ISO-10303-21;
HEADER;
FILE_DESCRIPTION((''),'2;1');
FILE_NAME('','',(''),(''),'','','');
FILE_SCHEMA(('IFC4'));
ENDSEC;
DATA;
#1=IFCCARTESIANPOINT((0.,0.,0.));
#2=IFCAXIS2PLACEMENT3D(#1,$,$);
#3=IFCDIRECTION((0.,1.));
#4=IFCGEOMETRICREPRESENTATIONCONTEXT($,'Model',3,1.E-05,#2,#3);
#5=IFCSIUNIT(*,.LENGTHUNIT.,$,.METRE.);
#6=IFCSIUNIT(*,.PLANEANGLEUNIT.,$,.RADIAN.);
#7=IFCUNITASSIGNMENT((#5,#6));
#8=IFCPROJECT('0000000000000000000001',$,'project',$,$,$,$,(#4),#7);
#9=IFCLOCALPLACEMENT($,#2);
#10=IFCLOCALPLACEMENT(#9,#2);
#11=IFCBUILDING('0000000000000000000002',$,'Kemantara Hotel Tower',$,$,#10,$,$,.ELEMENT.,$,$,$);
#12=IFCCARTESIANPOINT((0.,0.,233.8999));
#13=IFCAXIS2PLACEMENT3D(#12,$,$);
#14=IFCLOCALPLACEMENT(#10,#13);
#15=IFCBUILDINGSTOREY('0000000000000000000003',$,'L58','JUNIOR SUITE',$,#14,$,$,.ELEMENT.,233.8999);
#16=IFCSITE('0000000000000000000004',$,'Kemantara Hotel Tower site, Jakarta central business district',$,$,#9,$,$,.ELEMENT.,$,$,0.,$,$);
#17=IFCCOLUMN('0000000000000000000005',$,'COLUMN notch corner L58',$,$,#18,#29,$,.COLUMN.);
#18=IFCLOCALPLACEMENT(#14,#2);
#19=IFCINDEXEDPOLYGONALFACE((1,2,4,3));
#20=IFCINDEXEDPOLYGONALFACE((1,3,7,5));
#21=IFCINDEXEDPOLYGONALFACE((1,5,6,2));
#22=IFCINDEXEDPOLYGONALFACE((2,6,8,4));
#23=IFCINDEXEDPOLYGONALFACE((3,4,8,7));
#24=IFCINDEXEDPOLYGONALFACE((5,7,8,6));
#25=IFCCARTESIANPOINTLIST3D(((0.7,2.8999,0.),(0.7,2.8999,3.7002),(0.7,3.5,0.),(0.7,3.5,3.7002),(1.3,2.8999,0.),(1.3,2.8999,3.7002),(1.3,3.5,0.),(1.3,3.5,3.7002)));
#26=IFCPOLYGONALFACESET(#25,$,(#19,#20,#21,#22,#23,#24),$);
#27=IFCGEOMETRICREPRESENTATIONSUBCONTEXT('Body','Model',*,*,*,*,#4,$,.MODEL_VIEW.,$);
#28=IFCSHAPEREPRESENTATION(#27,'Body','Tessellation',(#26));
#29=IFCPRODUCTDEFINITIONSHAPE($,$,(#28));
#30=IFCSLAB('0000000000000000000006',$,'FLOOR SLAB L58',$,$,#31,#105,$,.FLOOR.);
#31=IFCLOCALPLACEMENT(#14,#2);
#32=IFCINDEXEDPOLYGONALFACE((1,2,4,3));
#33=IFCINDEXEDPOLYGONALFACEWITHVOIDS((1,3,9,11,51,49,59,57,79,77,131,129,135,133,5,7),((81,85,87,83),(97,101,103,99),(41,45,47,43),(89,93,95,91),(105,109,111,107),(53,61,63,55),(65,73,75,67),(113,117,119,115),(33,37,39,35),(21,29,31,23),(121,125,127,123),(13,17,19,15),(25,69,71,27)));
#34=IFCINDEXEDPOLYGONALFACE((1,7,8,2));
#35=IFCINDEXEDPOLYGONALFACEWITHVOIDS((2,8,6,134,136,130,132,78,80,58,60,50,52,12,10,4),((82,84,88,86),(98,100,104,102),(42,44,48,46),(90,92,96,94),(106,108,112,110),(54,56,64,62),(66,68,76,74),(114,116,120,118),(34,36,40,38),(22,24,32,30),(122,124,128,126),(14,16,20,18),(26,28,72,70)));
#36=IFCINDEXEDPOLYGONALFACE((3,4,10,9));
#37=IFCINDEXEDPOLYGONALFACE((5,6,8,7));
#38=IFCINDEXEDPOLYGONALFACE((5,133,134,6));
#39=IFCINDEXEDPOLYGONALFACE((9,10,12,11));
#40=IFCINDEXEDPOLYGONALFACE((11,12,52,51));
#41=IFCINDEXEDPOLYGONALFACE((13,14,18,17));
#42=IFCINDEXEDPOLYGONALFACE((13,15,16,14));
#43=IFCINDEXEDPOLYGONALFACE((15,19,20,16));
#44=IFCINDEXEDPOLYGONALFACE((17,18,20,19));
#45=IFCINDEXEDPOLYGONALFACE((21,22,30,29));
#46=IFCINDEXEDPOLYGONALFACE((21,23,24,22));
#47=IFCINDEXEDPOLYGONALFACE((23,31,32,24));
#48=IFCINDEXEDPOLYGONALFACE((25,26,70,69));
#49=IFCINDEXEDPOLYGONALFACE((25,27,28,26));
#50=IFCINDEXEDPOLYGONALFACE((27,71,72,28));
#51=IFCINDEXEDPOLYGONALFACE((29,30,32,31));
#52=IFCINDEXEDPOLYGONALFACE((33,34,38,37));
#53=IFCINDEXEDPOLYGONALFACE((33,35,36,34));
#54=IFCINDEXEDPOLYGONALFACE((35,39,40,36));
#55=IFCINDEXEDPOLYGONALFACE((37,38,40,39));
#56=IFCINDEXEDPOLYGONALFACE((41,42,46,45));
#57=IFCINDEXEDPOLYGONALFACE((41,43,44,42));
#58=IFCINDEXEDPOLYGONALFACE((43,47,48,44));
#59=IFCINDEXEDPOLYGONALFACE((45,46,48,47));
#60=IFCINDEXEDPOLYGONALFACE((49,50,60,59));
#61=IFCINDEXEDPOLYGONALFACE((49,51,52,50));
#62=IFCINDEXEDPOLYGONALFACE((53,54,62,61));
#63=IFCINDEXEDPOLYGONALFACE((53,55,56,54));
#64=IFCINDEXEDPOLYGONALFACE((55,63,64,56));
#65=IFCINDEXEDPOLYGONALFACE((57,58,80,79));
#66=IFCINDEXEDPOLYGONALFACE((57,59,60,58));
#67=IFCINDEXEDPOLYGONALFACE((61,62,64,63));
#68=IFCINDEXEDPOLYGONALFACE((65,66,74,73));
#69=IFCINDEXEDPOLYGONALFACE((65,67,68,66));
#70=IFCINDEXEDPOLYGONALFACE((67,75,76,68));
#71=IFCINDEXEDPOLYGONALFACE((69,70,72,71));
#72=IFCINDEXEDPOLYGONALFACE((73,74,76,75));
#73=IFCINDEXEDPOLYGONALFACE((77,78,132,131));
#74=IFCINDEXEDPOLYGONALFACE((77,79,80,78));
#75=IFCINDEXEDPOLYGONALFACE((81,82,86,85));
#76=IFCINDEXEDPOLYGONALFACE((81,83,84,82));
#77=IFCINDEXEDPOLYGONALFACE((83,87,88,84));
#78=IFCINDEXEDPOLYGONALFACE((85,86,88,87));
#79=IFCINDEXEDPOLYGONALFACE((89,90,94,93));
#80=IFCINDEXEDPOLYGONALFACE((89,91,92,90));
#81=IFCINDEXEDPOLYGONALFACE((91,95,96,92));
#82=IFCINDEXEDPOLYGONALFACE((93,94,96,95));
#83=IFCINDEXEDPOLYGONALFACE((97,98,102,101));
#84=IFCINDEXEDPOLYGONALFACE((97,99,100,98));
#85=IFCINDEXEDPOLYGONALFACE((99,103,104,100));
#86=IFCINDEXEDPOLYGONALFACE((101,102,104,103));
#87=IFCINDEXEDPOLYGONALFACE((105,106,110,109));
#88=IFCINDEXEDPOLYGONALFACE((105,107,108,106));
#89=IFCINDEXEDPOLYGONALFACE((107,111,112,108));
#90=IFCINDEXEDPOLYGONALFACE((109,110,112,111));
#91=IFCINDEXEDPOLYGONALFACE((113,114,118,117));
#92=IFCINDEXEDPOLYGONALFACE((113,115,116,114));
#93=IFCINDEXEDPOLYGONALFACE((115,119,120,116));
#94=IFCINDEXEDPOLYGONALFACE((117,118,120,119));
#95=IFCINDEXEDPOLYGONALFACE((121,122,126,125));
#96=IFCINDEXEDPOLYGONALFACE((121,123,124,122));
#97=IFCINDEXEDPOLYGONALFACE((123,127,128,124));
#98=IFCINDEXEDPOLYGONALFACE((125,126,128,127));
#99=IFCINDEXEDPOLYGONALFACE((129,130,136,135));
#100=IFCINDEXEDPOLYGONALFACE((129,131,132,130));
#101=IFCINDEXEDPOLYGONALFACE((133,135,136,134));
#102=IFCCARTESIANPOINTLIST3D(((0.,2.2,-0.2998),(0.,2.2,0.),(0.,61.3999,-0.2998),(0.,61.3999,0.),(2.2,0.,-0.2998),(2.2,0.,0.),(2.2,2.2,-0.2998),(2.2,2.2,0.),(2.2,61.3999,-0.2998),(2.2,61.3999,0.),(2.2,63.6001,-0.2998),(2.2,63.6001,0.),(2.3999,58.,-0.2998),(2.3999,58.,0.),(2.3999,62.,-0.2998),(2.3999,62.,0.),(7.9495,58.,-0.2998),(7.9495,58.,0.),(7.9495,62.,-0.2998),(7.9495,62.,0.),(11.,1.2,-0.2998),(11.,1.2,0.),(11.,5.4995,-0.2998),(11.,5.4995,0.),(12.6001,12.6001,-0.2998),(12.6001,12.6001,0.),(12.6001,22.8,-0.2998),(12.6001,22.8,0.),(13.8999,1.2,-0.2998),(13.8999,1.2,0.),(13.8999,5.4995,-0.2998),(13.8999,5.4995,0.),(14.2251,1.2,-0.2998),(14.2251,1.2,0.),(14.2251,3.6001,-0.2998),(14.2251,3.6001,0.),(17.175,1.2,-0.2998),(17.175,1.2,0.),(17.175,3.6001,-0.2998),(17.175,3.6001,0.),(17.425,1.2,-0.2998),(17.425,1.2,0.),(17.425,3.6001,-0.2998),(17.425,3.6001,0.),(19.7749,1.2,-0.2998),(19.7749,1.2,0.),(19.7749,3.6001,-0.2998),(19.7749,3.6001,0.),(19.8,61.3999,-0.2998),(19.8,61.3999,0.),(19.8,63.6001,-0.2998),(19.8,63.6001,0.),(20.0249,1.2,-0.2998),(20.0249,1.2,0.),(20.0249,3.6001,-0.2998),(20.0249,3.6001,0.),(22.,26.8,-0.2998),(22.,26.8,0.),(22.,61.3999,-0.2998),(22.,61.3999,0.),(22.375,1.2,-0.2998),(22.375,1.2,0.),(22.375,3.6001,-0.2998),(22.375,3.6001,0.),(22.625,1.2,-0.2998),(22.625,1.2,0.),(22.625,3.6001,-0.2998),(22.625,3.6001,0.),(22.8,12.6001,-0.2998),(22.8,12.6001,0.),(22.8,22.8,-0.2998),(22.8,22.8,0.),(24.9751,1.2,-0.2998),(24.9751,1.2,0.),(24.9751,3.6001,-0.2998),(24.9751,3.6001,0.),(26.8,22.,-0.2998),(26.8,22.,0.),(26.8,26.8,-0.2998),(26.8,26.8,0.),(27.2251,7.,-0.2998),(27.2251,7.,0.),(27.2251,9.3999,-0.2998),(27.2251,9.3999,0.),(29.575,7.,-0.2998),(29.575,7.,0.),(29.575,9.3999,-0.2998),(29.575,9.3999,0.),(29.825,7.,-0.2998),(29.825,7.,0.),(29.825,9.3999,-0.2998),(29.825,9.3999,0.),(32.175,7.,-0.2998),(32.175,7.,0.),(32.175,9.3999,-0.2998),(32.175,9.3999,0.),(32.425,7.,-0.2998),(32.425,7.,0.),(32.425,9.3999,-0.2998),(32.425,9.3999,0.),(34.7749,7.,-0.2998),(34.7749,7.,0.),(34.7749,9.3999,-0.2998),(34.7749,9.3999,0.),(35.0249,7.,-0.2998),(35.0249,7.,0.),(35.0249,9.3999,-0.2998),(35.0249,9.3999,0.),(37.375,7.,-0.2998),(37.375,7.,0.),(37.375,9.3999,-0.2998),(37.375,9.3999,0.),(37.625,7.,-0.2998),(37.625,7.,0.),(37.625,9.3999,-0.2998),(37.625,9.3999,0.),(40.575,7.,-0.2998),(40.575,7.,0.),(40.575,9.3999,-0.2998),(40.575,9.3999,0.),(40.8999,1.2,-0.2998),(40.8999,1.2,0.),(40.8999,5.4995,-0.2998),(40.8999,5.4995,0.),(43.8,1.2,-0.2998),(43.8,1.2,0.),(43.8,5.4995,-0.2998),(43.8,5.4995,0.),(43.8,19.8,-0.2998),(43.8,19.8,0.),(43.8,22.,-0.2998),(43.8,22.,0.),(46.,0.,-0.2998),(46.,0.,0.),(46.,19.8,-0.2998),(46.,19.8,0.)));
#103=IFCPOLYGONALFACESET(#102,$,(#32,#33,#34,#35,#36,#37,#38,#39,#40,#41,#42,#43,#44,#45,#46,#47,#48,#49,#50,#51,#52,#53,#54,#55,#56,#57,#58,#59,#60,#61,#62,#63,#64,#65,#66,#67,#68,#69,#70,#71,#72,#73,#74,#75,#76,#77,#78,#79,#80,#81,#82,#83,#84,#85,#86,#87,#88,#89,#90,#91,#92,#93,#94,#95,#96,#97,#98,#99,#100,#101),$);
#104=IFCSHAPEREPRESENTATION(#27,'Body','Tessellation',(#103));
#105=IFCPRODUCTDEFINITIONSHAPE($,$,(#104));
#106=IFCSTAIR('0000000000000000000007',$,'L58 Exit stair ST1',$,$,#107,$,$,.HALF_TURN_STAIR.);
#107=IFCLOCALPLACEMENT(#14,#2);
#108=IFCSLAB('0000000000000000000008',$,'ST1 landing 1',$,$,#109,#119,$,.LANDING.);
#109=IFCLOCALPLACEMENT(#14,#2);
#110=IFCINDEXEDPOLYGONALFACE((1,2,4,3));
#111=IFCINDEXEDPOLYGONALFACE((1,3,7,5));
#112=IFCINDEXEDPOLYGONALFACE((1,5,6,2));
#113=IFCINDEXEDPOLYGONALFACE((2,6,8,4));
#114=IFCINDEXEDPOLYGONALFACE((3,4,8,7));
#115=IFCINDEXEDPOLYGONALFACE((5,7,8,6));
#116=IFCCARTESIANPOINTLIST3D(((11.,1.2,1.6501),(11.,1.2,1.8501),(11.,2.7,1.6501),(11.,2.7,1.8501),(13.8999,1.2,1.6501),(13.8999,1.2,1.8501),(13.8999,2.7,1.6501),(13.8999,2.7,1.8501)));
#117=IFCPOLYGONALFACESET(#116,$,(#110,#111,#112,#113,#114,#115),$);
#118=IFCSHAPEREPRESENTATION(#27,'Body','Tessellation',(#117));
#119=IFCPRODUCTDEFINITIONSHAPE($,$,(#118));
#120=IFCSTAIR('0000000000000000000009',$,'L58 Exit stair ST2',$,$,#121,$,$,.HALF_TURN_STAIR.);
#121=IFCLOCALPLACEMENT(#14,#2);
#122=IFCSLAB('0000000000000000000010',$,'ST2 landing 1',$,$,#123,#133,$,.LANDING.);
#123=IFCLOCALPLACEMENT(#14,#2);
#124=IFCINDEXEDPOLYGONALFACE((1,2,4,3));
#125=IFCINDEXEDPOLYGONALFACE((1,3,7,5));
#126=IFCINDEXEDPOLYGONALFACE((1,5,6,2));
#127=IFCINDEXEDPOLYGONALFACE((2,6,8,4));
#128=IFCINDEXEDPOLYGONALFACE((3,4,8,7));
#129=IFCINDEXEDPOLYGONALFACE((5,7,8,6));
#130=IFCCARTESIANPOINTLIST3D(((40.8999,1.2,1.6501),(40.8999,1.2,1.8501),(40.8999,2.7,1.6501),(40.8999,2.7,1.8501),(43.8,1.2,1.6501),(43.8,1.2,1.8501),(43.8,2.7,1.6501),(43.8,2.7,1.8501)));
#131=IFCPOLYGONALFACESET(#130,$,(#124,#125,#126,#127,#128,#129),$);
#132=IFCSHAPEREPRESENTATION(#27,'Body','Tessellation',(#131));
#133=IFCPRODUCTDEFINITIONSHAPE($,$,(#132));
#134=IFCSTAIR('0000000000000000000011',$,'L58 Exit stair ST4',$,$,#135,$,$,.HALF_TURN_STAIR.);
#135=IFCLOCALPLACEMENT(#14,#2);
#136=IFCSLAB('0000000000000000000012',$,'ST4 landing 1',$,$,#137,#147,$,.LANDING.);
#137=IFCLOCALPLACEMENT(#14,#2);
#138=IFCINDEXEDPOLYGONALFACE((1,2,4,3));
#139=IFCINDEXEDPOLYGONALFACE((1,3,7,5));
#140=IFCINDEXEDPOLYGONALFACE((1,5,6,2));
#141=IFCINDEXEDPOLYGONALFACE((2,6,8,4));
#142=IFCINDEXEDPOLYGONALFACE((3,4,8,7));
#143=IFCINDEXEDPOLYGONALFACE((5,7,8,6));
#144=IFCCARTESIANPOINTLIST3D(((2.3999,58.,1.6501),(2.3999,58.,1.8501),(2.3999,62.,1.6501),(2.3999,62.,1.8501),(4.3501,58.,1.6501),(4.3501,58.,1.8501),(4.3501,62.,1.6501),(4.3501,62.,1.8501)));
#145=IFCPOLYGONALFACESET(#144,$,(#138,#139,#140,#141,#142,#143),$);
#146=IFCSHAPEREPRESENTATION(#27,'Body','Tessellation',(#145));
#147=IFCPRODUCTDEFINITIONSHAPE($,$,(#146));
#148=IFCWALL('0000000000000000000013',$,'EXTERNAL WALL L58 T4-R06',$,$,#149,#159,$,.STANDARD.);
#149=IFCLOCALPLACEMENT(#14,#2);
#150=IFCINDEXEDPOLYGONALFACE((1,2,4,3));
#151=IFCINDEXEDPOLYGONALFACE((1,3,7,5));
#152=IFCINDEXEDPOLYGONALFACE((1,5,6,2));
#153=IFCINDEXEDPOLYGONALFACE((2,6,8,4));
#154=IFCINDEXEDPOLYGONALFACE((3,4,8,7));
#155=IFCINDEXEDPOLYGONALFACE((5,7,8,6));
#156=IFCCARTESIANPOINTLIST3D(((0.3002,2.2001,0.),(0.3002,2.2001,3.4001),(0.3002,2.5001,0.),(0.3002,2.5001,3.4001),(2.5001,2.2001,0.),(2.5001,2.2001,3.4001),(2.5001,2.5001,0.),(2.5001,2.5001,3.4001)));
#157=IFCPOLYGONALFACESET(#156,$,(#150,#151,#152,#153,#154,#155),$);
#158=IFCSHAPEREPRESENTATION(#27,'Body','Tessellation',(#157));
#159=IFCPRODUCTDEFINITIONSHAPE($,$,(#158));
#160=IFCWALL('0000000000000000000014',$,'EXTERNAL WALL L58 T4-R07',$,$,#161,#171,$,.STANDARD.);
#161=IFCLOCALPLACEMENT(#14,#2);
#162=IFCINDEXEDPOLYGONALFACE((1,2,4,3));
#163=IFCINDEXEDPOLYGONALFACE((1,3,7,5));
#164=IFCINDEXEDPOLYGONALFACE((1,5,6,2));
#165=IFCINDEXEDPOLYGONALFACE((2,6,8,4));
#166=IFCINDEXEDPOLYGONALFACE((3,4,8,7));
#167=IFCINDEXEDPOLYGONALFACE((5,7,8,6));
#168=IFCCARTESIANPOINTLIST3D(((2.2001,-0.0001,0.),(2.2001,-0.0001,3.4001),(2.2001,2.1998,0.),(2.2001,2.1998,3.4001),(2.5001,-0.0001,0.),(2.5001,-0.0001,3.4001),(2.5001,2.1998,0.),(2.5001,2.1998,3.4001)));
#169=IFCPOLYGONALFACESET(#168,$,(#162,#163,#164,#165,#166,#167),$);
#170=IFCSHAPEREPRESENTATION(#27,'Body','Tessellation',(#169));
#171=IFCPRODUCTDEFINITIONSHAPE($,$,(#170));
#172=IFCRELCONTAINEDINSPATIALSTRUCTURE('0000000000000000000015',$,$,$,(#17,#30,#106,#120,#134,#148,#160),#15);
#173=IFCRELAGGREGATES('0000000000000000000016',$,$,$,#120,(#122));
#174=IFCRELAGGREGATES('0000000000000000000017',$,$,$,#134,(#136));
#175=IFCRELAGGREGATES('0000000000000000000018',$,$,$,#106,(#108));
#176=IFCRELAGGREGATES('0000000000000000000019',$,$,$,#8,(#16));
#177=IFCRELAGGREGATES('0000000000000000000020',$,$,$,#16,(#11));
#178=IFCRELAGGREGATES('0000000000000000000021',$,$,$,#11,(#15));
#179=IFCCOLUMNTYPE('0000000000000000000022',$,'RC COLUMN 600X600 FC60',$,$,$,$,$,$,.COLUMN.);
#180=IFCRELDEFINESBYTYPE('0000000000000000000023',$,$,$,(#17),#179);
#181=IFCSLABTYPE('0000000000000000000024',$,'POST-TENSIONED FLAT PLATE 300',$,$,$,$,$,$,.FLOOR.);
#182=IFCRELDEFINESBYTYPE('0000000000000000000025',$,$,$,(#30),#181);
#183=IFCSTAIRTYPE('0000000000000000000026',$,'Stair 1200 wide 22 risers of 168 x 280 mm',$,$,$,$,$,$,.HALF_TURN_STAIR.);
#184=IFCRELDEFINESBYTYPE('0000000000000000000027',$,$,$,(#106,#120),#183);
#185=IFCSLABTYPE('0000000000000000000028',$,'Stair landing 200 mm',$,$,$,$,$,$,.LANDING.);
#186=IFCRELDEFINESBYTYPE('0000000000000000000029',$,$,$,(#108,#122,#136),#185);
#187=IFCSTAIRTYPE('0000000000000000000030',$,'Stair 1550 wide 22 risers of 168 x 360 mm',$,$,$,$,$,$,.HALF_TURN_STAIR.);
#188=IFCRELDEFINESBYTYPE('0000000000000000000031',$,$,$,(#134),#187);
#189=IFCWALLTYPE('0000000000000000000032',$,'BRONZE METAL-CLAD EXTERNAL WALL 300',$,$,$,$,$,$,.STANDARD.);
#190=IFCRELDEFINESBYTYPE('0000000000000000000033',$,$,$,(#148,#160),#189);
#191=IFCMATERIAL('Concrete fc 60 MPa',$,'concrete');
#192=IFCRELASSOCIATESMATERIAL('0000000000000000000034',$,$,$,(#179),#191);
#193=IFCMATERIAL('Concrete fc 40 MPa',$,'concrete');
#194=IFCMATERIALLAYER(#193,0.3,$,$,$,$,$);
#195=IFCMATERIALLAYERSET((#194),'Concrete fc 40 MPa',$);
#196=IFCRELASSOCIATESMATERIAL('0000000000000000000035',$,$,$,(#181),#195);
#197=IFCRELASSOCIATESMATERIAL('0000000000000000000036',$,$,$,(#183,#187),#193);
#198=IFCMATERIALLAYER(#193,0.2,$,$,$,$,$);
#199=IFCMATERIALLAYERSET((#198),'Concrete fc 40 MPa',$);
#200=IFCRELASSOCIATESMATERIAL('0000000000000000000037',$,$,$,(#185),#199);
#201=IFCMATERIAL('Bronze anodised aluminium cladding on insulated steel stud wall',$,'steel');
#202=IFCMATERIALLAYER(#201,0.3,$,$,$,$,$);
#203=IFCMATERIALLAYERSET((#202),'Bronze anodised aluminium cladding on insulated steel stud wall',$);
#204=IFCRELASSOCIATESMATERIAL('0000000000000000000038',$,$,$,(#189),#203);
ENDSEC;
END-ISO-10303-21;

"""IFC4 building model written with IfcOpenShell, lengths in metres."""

from ifc_helpers import new_model, si_unit, direction, frame, frame_2d, origin, origin_2d, place, context, subcontext, project, spatial, polyline, rectangle, outline, extrude, material, layer, layer_set, material_profile, profile_set, type_object, element, aggregate, save


model = new_model("IFC4")

# Units and contexts
model_context = context("Model", 3, precision=1e-05, world=origin(), true_north=direction((0.0, 1.0)))
body_context = subcontext(model_context, "Body", "Model", "MODEL_VIEW")
ifc_project = project(units=[si_unit("LENGTHUNIT", "METRE"), si_unit("PLANEANGLEUNIT", "RADIAN")], contexts=[model_context])

# Site, building, storey
site_placement = place(None, origin())
site = spatial("IfcSite", under=ifc_project, at=site_placement, Name="Kemantara Hotel Tower site, Jakarta central business district", CompositionType="ELEMENT", RefElevation=0.0)
building_placement = place(site_placement, origin())
building = spatial("IfcBuilding", under=site, at=building_placement, Name="Kemantara Hotel Tower", CompositionType="ELEMENT")
storey_placement = place(building_placement, frame((0.0, 0.0, 233.8999)))
storey = spatial("IfcBuildingStorey", under=building, at=storey_placement, Name="L58", Description="JUNIOR SUITE", CompositionType="ELEMENT", Elevation=233.8999)

# Column
ifc_material_1 = material(Name="Concrete fc 60 MPa", Category="concrete")
ifc_material_profile = material_profile(ifc_material_1, rectangle(XDim=0.6001, YDim=0.6001, at=origin_2d()), Name="RC 600X600")
ifc_profile_set = profile_set([ifc_material_profile], Name="Concrete fc 60 MPa")
column_type = type_object("IfcColumnType", Name="RC COLUMN 600X600 FC60", PredefinedType="COLUMN", material=ifc_profile_set)
column_placement = place(storey_placement, frame((1.0, 3.2, 0.0), z_axis=(0.0, 0.0, 1.0), x_axis=(1.0, 0.0, 0.0)))
element("IfcColumn", 1, at=column_placement, inside=storey, type_object=column_type, Name="COLUMN notch corner L58", PredefinedType="COLUMN", context=body_context, shape_type="SweptSolid", body=[
    extrude(rectangle(XDim=0.6001, YDim=0.6001, at=origin_2d()), origin(), (0.0, 0.0, 1.0), 3.7002),
])

# Slab
ifc_material_2 = material(Name="Concrete fc 40 MPa", Category="concrete")
ifc_layer_1 = layer(ifc_material_2, 0.3)
ifc_layer_set_1 = layer_set([ifc_layer_1], Name="Concrete fc 40 MPa")
slab_type_1 = type_object("IfcSlabType", Name="POST-TENSIONED FLAT PLATE 300", PredefinedType="FLOOR", material=ifc_layer_set_1)
slab_1_placement = place(storey_placement, frame((0.0, 0.0, -0.2998)))
element("IfcSlab", 2, at=slab_1_placement, inside=storey, type_object=slab_type_1, Name="FLOOR SLAB L58", PredefinedType="FLOOR", context=body_context, shape_type="SweptSolid", body=[
    extrude(outline(polyline([(22.0, 26.8), (22.0, 61.3999), (19.8, 61.3999), (19.8, 63.6001), (2.2, 63.6001), (2.2, 61.3999), (0.0, 61.3999), (0.0, 2.2), (2.2, 2.2), (2.2, 0.0), (46.0, 0.0), (46.0, 19.8), (43.8, 19.8), (43.8, 22.0), (26.8, 22.0), (26.8, 26.8), (22.0, 26.8)]), holes=[polyline([(17.175, 3.6001), (17.175, 1.2), (14.2251, 1.2), (14.2251, 3.6001), (17.175, 3.6001)]), polyline([(19.7749, 1.2), (17.425, 1.2), (17.425, 3.6001), (19.7749, 3.6001), (19.7749, 1.2)]), polyline([(22.375, 1.2), (20.0249, 1.2), (20.0249, 3.6001), (22.375, 3.6001), (22.375, 1.2)]), polyline([(24.9751, 3.6001), (24.9751, 1.2), (22.625, 1.2), (22.625, 3.6001), (24.9751, 3.6001)]), polyline([(11.0, 1.2), (11.0, 5.4995), (13.8999, 5.4995), (13.8999, 1.2), (11.0, 1.2)]), polyline([(22.8, 12.6001), (12.6001, 12.6001), (12.6001, 22.8), (22.8, 22.8), (22.8, 12.6001)]), polyline([(2.3999, 58.0), (2.3999, 62.0), (7.9495, 62.0), (7.9495, 58.0), (2.3999, 58.0)]), polyline([(40.8999, 1.2), (40.8999, 5.4995), (43.8, 5.4995), (43.8, 1.2), (40.8999, 1.2)]), polyline([(29.575, 7.0), (27.2251, 7.0), (27.2251, 9.3999), (29.575, 9.3999), (29.575, 7.0)]), polyline([(32.175, 7.0), (29.825, 7.0), (29.825, 9.3999), (32.175, 9.3999), (32.175, 7.0)]), polyline([(34.7749, 7.0), (32.425, 7.0), (32.425, 9.3999), (34.7749, 9.3999), (34.7749, 7.0)]), polyline([(37.375, 7.0), (35.0249, 7.0), (35.0249, 9.3999), (37.375, 9.3999), (37.375, 7.0)]), polyline([(40.575, 7.0), (37.625, 7.0), (37.625, 9.3999), (40.575, 9.3999), (40.575, 7.0)])]), origin(), (0.0, 0.0, 1.0), 0.2998),
])

# Stairs, slabs
stair_type_1 = type_object("IfcStairType", Name="Stair 1200 wide 22 risers of 168 x 280 mm", PredefinedType="HALF_TURN_STAIR", material=ifc_material_2)
stair_1_placement = place(storey_placement, origin())
stair_1 = element("IfcStair", 3, at=stair_1_placement, inside=storey, type_object=stair_type_1, Name="L58 Exit stair ST1", PredefinedType="HALF_TURN_STAIR")
ifc_layer_2 = layer(ifc_material_2, 0.2)
ifc_layer_set_2 = layer_set([ifc_layer_2], Name="Concrete fc 40 MPa")
slab_type_2 = type_object("IfcSlabType", Name="Stair landing 200 mm", PredefinedType="LANDING", material=ifc_layer_set_2)
slab_2_placement = place(storey_placement, frame((0.0, 0.0, 1.6501)))
slab_2 = element("IfcSlab", 4, at=slab_2_placement, type_object=slab_type_2, Name="ST1 landing 1", PredefinedType="LANDING", context=body_context, shape_type="SweptSolid", body=[
    extrude(outline(polyline([(11.0, 2.7), (11.0, 1.2), (13.8999, 1.2), (13.8999, 2.7), (11.0, 2.7)])), origin(), (0.0, 0.0, 1.0), 0.2),
])
stair_2_placement = place(storey_placement, origin())
stair_2 = element("IfcStair", 5, at=stair_2_placement, inside=storey, type_object=stair_type_1, Name="L58 Exit stair ST2", PredefinedType="HALF_TURN_STAIR")
slab_3_placement = place(storey_placement, frame((0.0, 0.0, 1.6501)))
slab_3 = element("IfcSlab", 6, at=slab_3_placement, type_object=slab_type_2, Name="ST2 landing 1", PredefinedType="LANDING", context=body_context, shape_type="SweptSolid", body=[
    extrude(outline(polyline([(40.8999, 2.7), (40.8999, 1.2), (43.8, 1.2), (43.8, 2.7), (40.8999, 2.7)])), origin(), (0.0, 0.0, 1.0), 0.2),
])
aggregate(stair_2, [slab_3])
stair_type_2 = type_object("IfcStairType", Name="Stair 1550 wide 22 risers of 168 x 360 mm", PredefinedType="HALF_TURN_STAIR", material=ifc_material_2)
stair_3_placement = place(storey_placement, origin())
stair_3 = element("IfcStair", 7, at=stair_3_placement, inside=storey, type_object=stair_type_2, Name="L58 Exit stair ST4", PredefinedType="HALF_TURN_STAIR")
slab_4_placement = place(storey_placement, frame((0.0, 0.0, 1.6501)))
slab_4 = element("IfcSlab", 8, at=slab_4_placement, type_object=slab_type_2, Name="ST4 landing 1", PredefinedType="LANDING", context=body_context, shape_type="SweptSolid", body=[
    extrude(outline(polyline([(4.3501, 62.0), (2.3999, 62.0), (2.3999, 58.0), (4.3501, 58.0), (4.3501, 62.0)])), origin(), (0.0, 0.0, 1.0), 0.2),
])
aggregate(stair_3, [slab_4])

# Walls
ifc_material_3 = material(Name="Bronze anodised aluminium cladding on insulated steel stud wall", Category="steel")
ifc_layer_3 = layer(ifc_material_3, 0.3)
ifc_layer_set_3 = layer_set([ifc_layer_3], Name="Bronze anodised aluminium cladding on insulated steel stud wall")
wall_type_1 = type_object("IfcWallType", Name="BRONZE METAL-CLAD EXTERNAL WALL 300", PredefinedType="STANDARD", material=ifc_layer_set_3)
for number, where, z_axis, x_axis, name in (
    (9, (0.3, 2.3501, 0.0), (0.0, 0.0, 1.0), (1.0, 0.0, 0.0), "EXTERNAL WALL L58 T4-R06"),
    (10, (2.3501, 2.2, 0.0), (0.0, 0.0, 1.0), (0.0, -1.0, 0.0), "EXTERNAL WALL L58 T4-R07"),
):
    element("IfcWall", number, at=place(storey_placement, frame(where, z_axis=z_axis, x_axis=x_axis)), inside=storey, type_object=wall_type_1, Name=name, PredefinedType="STANDARD", context=body_context, shape_type="SweptSolid", body=[
        extrude(rectangle(XDim=2.2, YDim=0.3, at=frame_2d((1.1001, 0.0))), origin(), (0.0, 0.0, 1.0), 3.4001),
    ])

aggregate(stair_1, [slab_2])

save(model, "model.ifc")
